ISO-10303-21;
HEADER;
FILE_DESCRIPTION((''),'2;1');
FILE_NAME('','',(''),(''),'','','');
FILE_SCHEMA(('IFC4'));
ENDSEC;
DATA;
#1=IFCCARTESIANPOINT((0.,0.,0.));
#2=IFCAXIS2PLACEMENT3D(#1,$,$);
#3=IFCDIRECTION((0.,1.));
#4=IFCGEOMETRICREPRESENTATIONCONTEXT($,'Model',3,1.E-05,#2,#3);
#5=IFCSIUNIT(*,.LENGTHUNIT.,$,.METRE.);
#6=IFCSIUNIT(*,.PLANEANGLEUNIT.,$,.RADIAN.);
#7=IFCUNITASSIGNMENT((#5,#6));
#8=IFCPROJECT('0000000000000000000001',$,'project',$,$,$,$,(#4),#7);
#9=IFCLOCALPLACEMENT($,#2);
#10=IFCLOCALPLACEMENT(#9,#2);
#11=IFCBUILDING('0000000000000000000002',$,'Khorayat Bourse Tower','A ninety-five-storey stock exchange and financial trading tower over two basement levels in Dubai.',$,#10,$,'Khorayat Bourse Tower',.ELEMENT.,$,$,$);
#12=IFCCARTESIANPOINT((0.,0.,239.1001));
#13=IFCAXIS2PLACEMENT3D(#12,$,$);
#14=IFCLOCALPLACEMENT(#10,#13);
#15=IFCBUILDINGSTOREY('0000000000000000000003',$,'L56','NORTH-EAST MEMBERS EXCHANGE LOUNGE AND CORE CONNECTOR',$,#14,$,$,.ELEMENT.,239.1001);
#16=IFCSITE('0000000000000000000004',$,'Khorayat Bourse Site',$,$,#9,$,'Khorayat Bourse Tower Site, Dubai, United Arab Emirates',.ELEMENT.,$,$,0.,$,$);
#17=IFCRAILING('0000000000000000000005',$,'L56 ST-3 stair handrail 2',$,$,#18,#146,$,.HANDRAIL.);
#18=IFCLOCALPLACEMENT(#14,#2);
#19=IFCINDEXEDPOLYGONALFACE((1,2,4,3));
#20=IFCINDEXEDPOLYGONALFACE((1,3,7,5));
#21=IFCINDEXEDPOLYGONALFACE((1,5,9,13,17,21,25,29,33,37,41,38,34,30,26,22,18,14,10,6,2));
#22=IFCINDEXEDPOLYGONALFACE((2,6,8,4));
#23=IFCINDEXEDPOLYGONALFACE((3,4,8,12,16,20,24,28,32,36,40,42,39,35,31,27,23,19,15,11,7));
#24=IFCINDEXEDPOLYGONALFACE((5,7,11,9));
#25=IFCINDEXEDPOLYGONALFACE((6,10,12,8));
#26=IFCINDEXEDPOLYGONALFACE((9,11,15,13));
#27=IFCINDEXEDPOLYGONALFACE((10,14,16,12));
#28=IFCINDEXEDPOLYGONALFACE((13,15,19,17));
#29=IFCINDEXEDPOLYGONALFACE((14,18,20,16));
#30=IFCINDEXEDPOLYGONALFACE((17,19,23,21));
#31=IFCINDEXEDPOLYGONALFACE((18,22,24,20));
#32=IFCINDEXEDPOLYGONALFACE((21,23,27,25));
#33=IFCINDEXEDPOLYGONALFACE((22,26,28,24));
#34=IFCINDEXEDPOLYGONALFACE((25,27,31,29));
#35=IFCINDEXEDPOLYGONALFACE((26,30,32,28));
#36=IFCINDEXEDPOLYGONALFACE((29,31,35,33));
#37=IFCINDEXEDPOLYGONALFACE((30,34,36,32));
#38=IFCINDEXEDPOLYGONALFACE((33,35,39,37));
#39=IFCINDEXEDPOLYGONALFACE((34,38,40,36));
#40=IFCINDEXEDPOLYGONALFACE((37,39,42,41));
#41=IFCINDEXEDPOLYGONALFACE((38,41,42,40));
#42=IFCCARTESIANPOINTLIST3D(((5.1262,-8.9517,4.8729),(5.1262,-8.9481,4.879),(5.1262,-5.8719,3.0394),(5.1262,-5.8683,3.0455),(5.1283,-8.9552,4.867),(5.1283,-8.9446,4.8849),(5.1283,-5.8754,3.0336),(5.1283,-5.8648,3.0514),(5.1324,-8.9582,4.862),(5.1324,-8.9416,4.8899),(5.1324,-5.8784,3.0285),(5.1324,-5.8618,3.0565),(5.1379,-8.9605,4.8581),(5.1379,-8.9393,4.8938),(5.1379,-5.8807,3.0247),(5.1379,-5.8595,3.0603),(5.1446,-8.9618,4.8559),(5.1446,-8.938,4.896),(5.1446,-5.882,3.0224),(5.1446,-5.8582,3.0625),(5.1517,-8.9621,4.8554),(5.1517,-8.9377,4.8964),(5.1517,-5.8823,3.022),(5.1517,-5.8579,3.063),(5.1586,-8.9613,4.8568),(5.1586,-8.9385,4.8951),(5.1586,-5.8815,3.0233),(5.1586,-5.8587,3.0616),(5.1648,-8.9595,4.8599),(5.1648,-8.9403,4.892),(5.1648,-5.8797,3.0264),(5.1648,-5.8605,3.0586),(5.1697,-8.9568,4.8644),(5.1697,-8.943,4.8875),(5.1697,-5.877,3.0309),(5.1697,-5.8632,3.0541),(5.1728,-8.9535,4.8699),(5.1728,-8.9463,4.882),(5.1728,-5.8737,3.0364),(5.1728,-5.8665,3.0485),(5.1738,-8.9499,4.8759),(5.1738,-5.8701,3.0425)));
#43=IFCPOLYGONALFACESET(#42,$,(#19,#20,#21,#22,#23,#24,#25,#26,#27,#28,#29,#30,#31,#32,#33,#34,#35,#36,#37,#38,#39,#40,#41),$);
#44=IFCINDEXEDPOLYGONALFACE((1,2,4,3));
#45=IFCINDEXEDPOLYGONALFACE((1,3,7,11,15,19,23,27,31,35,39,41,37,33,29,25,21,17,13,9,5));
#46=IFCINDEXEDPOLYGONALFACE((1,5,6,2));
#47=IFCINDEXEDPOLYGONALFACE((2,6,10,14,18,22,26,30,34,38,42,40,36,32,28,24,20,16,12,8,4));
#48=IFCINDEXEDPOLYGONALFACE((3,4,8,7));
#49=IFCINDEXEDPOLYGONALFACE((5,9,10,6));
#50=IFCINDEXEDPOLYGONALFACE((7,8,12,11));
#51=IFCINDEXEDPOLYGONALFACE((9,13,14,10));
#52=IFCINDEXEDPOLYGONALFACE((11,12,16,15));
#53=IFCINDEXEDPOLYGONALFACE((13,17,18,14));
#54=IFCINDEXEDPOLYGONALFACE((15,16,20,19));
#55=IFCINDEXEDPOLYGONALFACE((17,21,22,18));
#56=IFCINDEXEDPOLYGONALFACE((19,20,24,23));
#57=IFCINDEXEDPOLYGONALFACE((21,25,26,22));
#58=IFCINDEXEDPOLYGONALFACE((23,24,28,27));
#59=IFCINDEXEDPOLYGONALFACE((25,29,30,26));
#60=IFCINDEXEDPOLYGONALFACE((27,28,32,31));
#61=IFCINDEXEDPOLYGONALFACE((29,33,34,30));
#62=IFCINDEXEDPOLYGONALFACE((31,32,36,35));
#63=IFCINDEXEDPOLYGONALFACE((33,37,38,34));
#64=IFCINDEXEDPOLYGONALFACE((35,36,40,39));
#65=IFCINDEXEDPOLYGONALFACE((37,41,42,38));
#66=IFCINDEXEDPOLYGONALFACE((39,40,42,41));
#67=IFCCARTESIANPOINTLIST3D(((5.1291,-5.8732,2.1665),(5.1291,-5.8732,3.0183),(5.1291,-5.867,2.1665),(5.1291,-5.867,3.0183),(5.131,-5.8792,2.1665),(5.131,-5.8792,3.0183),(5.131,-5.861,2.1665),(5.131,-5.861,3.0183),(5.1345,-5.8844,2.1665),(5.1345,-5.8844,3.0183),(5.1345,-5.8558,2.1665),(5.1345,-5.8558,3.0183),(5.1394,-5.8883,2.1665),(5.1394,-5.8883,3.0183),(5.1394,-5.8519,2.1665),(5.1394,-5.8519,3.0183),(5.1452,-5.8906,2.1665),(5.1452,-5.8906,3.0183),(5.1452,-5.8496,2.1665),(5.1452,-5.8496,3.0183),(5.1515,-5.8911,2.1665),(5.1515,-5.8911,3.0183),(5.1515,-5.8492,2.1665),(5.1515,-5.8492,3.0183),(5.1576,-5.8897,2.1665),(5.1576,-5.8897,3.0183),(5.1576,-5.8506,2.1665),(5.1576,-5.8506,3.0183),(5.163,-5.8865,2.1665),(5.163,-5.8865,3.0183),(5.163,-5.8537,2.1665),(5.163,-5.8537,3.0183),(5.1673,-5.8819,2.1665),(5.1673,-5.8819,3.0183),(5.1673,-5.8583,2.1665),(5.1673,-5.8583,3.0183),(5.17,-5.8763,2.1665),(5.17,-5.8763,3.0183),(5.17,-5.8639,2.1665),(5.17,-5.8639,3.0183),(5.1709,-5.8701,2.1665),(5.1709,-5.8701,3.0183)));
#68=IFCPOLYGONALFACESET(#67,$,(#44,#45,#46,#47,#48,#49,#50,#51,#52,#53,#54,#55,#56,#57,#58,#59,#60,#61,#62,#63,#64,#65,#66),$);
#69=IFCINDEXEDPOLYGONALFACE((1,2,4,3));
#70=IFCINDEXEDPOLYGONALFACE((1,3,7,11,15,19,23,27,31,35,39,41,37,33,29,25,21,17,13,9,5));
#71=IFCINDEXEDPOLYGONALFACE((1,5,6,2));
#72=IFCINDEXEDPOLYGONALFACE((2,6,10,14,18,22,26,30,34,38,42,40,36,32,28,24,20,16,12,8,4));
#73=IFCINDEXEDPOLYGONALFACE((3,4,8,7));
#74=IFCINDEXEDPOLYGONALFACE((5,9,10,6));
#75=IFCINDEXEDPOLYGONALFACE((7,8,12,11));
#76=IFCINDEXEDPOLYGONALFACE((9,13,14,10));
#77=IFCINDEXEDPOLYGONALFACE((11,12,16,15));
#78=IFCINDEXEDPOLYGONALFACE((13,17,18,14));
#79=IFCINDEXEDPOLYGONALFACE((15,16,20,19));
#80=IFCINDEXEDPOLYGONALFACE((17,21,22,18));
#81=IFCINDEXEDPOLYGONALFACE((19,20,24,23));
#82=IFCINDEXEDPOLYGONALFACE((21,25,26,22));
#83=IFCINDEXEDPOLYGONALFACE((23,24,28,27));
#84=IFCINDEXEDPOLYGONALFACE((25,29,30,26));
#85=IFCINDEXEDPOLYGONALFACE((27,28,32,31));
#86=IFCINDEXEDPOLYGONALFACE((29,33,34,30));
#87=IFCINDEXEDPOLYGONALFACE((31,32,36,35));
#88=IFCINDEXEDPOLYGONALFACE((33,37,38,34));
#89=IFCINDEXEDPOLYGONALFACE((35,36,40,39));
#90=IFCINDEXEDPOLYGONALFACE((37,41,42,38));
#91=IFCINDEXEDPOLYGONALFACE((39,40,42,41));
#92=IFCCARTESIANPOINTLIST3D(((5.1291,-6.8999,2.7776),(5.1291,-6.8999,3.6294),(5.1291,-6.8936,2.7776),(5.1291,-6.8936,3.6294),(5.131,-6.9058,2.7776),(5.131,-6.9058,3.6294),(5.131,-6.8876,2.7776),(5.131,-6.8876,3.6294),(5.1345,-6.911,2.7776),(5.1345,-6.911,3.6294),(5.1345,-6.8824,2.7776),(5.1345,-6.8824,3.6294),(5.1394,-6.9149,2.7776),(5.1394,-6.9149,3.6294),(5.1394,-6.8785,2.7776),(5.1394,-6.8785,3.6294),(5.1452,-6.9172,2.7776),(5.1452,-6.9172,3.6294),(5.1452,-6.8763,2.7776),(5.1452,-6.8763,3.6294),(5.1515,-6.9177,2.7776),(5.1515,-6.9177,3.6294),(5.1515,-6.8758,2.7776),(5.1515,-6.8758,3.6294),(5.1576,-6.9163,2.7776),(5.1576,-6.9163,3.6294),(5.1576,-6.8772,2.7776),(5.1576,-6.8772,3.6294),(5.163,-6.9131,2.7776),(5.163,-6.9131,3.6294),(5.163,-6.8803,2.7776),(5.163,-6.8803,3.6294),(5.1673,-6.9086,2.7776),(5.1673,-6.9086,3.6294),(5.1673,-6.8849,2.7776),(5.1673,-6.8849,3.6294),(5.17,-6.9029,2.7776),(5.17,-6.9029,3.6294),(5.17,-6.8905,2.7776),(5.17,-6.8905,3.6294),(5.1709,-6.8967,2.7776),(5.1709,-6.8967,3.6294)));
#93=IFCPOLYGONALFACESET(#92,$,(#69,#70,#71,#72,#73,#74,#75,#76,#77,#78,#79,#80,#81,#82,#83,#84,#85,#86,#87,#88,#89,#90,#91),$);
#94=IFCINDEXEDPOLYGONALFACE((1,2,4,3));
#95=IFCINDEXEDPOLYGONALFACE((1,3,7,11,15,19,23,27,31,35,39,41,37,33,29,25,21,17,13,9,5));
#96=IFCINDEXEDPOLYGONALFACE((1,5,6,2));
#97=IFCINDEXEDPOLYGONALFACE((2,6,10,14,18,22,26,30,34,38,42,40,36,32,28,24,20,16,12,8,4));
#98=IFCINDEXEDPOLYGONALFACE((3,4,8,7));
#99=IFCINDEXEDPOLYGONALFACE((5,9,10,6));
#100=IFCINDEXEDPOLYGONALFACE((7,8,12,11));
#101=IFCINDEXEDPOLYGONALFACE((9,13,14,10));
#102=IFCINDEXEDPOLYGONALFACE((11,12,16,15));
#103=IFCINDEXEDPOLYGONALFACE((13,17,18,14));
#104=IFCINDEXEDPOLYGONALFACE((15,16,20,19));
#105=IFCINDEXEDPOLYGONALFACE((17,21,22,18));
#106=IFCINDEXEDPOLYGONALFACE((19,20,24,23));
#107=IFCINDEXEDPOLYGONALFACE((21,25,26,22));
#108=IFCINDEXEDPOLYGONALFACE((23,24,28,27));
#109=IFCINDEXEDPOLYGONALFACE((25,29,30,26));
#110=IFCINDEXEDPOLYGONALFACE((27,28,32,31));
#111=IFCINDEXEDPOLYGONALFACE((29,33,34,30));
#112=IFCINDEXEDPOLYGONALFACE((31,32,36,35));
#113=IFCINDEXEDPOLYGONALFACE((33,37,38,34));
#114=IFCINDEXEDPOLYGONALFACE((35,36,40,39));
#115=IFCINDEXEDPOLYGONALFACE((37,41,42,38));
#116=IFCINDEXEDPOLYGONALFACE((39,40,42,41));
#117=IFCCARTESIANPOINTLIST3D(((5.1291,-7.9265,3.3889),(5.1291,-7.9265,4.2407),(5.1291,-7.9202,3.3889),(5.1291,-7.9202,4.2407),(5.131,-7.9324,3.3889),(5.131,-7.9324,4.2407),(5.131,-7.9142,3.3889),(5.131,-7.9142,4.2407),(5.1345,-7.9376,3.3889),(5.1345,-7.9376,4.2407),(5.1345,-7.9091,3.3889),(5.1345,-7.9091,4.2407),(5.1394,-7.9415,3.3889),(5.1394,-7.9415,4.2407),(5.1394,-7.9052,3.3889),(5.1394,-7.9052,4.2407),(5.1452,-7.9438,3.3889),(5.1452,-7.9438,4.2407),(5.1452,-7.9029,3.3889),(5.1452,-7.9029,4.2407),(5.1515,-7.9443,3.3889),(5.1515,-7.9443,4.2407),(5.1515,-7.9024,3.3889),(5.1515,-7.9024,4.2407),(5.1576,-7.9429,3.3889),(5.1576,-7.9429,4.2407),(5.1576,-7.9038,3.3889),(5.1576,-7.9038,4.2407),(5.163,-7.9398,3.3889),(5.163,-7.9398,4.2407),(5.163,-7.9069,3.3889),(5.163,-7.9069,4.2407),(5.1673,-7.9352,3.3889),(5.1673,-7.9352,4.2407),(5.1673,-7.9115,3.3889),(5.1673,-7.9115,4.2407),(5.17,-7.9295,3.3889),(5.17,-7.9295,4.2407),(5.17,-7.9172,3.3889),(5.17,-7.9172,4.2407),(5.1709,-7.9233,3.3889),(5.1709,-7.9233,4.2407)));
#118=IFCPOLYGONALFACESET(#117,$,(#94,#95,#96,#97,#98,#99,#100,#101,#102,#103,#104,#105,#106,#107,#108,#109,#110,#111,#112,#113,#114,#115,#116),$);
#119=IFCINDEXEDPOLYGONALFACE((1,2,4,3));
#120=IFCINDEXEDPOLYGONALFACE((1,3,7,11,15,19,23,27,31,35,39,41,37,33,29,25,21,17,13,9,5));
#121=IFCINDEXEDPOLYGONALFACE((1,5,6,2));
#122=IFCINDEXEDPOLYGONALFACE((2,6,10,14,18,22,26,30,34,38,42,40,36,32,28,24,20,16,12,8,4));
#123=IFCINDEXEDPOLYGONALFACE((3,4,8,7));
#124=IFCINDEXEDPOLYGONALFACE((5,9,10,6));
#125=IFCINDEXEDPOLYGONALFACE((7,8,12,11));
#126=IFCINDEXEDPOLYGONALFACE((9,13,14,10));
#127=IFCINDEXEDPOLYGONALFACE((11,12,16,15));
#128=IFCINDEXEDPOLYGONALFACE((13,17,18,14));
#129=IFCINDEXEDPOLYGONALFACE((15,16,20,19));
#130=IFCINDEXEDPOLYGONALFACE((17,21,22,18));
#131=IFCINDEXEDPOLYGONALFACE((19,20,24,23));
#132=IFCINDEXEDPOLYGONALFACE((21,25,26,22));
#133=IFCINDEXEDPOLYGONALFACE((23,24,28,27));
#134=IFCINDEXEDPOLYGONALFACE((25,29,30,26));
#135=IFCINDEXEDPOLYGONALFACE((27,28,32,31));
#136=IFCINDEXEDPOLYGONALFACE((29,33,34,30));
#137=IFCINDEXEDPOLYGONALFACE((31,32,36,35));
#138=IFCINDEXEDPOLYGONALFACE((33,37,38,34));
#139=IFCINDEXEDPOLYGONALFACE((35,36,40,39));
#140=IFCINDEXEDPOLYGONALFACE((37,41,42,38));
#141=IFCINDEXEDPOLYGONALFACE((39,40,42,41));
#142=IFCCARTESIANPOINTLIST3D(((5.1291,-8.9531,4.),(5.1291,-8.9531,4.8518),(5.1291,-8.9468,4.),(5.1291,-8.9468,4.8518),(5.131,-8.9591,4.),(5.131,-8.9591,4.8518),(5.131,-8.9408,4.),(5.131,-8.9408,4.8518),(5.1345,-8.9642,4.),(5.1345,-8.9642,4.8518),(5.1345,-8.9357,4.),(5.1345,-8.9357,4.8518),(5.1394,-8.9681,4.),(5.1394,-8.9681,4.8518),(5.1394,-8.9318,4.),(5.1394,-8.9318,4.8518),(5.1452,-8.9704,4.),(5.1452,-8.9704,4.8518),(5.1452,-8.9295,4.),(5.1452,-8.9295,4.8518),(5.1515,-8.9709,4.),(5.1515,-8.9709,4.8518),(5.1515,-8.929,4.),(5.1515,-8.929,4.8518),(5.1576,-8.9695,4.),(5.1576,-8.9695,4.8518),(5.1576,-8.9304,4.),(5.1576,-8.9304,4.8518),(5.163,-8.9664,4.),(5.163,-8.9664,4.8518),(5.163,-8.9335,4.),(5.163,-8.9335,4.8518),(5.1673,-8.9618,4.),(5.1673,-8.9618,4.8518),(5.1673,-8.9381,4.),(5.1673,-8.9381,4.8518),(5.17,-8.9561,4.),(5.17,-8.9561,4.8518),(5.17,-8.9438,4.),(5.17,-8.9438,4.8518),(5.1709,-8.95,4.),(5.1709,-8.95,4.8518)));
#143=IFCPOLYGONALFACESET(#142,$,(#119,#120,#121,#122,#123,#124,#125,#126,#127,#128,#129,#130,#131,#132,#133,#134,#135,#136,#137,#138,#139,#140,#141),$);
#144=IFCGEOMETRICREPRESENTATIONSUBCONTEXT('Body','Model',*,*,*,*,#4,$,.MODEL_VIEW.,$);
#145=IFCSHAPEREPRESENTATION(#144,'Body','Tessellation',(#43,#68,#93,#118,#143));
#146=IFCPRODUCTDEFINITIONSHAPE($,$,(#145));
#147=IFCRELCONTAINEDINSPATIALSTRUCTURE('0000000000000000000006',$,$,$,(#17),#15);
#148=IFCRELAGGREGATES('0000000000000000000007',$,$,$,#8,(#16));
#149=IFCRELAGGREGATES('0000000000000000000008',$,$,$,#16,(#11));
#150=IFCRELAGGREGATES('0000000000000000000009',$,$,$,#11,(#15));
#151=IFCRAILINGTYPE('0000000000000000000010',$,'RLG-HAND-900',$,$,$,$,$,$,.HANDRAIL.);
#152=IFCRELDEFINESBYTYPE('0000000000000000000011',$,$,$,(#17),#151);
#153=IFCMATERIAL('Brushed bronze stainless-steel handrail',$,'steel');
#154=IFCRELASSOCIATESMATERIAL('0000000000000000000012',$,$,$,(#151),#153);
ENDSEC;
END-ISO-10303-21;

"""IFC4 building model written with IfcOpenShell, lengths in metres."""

from ifc_helpers import new_model, si_unit, direction, frame, origin, origin_2d, place, context, subcontext, project, spatial, circle, extrude, source, transform, mapped, material, type_object, element, save


model = new_model("IFC4")

# Units and contexts
model_context = context("Model", 3, precision=1e-05, world=origin(), true_north=direction((0.0, 1.0)))
body_context = subcontext(model_context, "Body", "Model", "MODEL_VIEW")
ifc_project = project(units=[si_unit("LENGTHUNIT", "METRE"), si_unit("PLANEANGLEUNIT", "RADIAN")], contexts=[model_context])

# Site, building, storey
site_placement = place(None, origin())
site = spatial("IfcSite", under=ifc_project, at=site_placement, Name="Khorayat Bourse Site", LongName="Khorayat Bourse Tower Site, Dubai, United Arab Emirates", CompositionType="ELEMENT", RefElevation=0.0)
building_placement = place(site_placement, origin())
building = spatial("IfcBuilding", under=site, at=building_placement, Name="Khorayat Bourse Tower", Description="A ninety-five-storey stock exchange and financial trading tower over two basement levels in Dubai.", LongName="Khorayat Bourse Tower", CompositionType="ELEMENT")
storey_placement = place(building_placement, frame((0.0, 0.0, 239.1001)))
storey = spatial("IfcBuildingStorey", under=building, at=storey_placement, Name="L56", Description="NORTH-EAST MEMBERS EXCHANGE LOUNGE AND CORE CONNECTOR", CompositionType="ELEMENT", Elevation=239.1001)

# Railing
ifc_material_1 = material(Name="Brushed bronze stainless-steel handrail", Category="steel")
railing_type_1 = type_object("IfcRailingType", Name="RLG-HAND-900", PredefinedType="HANDRAIL", material=ifc_material_1)
shared_shape_1 = source(origin(), body_context, "Body", "SweptSolid", [
    extrude(circle(Radius=0.0239, at=origin_2d()), frame((0.0, 0.0, 0.876), z_axis=(0.0, -0.859261, 0.511538), x_axis=(1.0, 0.0, 0.0)), (0.0, 0.0, 1.0), 3.5842),
    extrude(circle(Radius=0.021, at=origin_2d()), origin(), (0.0, 0.0, 1.0), 0.8518),
    extrude(circle(Radius=0.021, at=origin_2d()), frame((0.0, -1.0266, 0.6111)), (0.0, 0.0, 1.0), 0.8518),
    extrude(circle(Radius=0.021, at=origin_2d()), frame((0.0, -2.0532, 1.2224)), (0.0, 0.0, 1.0), 0.8518),
    extrude(circle(Radius=0.021, at=origin_2d()), frame((0.0, -3.0798, 1.8335)), (0.0, 0.0, 1.0), 0.8518),
])
railing_1_placement = place(storey_placement, frame((5.1499, -5.8701, 2.1665)))
element("IfcRailing", 1, at=railing_1_placement, inside=storey, type_object=railing_type_1, Name="L56 ST-3 stair handrail 2", PredefinedType="HANDRAIL", context=body_context, shape_type="MappedRepresentation", body=[
    mapped(shared_shape_1, transform((0.0, 0.0, 0.0), scale=1.0)),
])

save(model, "model.ifc")
